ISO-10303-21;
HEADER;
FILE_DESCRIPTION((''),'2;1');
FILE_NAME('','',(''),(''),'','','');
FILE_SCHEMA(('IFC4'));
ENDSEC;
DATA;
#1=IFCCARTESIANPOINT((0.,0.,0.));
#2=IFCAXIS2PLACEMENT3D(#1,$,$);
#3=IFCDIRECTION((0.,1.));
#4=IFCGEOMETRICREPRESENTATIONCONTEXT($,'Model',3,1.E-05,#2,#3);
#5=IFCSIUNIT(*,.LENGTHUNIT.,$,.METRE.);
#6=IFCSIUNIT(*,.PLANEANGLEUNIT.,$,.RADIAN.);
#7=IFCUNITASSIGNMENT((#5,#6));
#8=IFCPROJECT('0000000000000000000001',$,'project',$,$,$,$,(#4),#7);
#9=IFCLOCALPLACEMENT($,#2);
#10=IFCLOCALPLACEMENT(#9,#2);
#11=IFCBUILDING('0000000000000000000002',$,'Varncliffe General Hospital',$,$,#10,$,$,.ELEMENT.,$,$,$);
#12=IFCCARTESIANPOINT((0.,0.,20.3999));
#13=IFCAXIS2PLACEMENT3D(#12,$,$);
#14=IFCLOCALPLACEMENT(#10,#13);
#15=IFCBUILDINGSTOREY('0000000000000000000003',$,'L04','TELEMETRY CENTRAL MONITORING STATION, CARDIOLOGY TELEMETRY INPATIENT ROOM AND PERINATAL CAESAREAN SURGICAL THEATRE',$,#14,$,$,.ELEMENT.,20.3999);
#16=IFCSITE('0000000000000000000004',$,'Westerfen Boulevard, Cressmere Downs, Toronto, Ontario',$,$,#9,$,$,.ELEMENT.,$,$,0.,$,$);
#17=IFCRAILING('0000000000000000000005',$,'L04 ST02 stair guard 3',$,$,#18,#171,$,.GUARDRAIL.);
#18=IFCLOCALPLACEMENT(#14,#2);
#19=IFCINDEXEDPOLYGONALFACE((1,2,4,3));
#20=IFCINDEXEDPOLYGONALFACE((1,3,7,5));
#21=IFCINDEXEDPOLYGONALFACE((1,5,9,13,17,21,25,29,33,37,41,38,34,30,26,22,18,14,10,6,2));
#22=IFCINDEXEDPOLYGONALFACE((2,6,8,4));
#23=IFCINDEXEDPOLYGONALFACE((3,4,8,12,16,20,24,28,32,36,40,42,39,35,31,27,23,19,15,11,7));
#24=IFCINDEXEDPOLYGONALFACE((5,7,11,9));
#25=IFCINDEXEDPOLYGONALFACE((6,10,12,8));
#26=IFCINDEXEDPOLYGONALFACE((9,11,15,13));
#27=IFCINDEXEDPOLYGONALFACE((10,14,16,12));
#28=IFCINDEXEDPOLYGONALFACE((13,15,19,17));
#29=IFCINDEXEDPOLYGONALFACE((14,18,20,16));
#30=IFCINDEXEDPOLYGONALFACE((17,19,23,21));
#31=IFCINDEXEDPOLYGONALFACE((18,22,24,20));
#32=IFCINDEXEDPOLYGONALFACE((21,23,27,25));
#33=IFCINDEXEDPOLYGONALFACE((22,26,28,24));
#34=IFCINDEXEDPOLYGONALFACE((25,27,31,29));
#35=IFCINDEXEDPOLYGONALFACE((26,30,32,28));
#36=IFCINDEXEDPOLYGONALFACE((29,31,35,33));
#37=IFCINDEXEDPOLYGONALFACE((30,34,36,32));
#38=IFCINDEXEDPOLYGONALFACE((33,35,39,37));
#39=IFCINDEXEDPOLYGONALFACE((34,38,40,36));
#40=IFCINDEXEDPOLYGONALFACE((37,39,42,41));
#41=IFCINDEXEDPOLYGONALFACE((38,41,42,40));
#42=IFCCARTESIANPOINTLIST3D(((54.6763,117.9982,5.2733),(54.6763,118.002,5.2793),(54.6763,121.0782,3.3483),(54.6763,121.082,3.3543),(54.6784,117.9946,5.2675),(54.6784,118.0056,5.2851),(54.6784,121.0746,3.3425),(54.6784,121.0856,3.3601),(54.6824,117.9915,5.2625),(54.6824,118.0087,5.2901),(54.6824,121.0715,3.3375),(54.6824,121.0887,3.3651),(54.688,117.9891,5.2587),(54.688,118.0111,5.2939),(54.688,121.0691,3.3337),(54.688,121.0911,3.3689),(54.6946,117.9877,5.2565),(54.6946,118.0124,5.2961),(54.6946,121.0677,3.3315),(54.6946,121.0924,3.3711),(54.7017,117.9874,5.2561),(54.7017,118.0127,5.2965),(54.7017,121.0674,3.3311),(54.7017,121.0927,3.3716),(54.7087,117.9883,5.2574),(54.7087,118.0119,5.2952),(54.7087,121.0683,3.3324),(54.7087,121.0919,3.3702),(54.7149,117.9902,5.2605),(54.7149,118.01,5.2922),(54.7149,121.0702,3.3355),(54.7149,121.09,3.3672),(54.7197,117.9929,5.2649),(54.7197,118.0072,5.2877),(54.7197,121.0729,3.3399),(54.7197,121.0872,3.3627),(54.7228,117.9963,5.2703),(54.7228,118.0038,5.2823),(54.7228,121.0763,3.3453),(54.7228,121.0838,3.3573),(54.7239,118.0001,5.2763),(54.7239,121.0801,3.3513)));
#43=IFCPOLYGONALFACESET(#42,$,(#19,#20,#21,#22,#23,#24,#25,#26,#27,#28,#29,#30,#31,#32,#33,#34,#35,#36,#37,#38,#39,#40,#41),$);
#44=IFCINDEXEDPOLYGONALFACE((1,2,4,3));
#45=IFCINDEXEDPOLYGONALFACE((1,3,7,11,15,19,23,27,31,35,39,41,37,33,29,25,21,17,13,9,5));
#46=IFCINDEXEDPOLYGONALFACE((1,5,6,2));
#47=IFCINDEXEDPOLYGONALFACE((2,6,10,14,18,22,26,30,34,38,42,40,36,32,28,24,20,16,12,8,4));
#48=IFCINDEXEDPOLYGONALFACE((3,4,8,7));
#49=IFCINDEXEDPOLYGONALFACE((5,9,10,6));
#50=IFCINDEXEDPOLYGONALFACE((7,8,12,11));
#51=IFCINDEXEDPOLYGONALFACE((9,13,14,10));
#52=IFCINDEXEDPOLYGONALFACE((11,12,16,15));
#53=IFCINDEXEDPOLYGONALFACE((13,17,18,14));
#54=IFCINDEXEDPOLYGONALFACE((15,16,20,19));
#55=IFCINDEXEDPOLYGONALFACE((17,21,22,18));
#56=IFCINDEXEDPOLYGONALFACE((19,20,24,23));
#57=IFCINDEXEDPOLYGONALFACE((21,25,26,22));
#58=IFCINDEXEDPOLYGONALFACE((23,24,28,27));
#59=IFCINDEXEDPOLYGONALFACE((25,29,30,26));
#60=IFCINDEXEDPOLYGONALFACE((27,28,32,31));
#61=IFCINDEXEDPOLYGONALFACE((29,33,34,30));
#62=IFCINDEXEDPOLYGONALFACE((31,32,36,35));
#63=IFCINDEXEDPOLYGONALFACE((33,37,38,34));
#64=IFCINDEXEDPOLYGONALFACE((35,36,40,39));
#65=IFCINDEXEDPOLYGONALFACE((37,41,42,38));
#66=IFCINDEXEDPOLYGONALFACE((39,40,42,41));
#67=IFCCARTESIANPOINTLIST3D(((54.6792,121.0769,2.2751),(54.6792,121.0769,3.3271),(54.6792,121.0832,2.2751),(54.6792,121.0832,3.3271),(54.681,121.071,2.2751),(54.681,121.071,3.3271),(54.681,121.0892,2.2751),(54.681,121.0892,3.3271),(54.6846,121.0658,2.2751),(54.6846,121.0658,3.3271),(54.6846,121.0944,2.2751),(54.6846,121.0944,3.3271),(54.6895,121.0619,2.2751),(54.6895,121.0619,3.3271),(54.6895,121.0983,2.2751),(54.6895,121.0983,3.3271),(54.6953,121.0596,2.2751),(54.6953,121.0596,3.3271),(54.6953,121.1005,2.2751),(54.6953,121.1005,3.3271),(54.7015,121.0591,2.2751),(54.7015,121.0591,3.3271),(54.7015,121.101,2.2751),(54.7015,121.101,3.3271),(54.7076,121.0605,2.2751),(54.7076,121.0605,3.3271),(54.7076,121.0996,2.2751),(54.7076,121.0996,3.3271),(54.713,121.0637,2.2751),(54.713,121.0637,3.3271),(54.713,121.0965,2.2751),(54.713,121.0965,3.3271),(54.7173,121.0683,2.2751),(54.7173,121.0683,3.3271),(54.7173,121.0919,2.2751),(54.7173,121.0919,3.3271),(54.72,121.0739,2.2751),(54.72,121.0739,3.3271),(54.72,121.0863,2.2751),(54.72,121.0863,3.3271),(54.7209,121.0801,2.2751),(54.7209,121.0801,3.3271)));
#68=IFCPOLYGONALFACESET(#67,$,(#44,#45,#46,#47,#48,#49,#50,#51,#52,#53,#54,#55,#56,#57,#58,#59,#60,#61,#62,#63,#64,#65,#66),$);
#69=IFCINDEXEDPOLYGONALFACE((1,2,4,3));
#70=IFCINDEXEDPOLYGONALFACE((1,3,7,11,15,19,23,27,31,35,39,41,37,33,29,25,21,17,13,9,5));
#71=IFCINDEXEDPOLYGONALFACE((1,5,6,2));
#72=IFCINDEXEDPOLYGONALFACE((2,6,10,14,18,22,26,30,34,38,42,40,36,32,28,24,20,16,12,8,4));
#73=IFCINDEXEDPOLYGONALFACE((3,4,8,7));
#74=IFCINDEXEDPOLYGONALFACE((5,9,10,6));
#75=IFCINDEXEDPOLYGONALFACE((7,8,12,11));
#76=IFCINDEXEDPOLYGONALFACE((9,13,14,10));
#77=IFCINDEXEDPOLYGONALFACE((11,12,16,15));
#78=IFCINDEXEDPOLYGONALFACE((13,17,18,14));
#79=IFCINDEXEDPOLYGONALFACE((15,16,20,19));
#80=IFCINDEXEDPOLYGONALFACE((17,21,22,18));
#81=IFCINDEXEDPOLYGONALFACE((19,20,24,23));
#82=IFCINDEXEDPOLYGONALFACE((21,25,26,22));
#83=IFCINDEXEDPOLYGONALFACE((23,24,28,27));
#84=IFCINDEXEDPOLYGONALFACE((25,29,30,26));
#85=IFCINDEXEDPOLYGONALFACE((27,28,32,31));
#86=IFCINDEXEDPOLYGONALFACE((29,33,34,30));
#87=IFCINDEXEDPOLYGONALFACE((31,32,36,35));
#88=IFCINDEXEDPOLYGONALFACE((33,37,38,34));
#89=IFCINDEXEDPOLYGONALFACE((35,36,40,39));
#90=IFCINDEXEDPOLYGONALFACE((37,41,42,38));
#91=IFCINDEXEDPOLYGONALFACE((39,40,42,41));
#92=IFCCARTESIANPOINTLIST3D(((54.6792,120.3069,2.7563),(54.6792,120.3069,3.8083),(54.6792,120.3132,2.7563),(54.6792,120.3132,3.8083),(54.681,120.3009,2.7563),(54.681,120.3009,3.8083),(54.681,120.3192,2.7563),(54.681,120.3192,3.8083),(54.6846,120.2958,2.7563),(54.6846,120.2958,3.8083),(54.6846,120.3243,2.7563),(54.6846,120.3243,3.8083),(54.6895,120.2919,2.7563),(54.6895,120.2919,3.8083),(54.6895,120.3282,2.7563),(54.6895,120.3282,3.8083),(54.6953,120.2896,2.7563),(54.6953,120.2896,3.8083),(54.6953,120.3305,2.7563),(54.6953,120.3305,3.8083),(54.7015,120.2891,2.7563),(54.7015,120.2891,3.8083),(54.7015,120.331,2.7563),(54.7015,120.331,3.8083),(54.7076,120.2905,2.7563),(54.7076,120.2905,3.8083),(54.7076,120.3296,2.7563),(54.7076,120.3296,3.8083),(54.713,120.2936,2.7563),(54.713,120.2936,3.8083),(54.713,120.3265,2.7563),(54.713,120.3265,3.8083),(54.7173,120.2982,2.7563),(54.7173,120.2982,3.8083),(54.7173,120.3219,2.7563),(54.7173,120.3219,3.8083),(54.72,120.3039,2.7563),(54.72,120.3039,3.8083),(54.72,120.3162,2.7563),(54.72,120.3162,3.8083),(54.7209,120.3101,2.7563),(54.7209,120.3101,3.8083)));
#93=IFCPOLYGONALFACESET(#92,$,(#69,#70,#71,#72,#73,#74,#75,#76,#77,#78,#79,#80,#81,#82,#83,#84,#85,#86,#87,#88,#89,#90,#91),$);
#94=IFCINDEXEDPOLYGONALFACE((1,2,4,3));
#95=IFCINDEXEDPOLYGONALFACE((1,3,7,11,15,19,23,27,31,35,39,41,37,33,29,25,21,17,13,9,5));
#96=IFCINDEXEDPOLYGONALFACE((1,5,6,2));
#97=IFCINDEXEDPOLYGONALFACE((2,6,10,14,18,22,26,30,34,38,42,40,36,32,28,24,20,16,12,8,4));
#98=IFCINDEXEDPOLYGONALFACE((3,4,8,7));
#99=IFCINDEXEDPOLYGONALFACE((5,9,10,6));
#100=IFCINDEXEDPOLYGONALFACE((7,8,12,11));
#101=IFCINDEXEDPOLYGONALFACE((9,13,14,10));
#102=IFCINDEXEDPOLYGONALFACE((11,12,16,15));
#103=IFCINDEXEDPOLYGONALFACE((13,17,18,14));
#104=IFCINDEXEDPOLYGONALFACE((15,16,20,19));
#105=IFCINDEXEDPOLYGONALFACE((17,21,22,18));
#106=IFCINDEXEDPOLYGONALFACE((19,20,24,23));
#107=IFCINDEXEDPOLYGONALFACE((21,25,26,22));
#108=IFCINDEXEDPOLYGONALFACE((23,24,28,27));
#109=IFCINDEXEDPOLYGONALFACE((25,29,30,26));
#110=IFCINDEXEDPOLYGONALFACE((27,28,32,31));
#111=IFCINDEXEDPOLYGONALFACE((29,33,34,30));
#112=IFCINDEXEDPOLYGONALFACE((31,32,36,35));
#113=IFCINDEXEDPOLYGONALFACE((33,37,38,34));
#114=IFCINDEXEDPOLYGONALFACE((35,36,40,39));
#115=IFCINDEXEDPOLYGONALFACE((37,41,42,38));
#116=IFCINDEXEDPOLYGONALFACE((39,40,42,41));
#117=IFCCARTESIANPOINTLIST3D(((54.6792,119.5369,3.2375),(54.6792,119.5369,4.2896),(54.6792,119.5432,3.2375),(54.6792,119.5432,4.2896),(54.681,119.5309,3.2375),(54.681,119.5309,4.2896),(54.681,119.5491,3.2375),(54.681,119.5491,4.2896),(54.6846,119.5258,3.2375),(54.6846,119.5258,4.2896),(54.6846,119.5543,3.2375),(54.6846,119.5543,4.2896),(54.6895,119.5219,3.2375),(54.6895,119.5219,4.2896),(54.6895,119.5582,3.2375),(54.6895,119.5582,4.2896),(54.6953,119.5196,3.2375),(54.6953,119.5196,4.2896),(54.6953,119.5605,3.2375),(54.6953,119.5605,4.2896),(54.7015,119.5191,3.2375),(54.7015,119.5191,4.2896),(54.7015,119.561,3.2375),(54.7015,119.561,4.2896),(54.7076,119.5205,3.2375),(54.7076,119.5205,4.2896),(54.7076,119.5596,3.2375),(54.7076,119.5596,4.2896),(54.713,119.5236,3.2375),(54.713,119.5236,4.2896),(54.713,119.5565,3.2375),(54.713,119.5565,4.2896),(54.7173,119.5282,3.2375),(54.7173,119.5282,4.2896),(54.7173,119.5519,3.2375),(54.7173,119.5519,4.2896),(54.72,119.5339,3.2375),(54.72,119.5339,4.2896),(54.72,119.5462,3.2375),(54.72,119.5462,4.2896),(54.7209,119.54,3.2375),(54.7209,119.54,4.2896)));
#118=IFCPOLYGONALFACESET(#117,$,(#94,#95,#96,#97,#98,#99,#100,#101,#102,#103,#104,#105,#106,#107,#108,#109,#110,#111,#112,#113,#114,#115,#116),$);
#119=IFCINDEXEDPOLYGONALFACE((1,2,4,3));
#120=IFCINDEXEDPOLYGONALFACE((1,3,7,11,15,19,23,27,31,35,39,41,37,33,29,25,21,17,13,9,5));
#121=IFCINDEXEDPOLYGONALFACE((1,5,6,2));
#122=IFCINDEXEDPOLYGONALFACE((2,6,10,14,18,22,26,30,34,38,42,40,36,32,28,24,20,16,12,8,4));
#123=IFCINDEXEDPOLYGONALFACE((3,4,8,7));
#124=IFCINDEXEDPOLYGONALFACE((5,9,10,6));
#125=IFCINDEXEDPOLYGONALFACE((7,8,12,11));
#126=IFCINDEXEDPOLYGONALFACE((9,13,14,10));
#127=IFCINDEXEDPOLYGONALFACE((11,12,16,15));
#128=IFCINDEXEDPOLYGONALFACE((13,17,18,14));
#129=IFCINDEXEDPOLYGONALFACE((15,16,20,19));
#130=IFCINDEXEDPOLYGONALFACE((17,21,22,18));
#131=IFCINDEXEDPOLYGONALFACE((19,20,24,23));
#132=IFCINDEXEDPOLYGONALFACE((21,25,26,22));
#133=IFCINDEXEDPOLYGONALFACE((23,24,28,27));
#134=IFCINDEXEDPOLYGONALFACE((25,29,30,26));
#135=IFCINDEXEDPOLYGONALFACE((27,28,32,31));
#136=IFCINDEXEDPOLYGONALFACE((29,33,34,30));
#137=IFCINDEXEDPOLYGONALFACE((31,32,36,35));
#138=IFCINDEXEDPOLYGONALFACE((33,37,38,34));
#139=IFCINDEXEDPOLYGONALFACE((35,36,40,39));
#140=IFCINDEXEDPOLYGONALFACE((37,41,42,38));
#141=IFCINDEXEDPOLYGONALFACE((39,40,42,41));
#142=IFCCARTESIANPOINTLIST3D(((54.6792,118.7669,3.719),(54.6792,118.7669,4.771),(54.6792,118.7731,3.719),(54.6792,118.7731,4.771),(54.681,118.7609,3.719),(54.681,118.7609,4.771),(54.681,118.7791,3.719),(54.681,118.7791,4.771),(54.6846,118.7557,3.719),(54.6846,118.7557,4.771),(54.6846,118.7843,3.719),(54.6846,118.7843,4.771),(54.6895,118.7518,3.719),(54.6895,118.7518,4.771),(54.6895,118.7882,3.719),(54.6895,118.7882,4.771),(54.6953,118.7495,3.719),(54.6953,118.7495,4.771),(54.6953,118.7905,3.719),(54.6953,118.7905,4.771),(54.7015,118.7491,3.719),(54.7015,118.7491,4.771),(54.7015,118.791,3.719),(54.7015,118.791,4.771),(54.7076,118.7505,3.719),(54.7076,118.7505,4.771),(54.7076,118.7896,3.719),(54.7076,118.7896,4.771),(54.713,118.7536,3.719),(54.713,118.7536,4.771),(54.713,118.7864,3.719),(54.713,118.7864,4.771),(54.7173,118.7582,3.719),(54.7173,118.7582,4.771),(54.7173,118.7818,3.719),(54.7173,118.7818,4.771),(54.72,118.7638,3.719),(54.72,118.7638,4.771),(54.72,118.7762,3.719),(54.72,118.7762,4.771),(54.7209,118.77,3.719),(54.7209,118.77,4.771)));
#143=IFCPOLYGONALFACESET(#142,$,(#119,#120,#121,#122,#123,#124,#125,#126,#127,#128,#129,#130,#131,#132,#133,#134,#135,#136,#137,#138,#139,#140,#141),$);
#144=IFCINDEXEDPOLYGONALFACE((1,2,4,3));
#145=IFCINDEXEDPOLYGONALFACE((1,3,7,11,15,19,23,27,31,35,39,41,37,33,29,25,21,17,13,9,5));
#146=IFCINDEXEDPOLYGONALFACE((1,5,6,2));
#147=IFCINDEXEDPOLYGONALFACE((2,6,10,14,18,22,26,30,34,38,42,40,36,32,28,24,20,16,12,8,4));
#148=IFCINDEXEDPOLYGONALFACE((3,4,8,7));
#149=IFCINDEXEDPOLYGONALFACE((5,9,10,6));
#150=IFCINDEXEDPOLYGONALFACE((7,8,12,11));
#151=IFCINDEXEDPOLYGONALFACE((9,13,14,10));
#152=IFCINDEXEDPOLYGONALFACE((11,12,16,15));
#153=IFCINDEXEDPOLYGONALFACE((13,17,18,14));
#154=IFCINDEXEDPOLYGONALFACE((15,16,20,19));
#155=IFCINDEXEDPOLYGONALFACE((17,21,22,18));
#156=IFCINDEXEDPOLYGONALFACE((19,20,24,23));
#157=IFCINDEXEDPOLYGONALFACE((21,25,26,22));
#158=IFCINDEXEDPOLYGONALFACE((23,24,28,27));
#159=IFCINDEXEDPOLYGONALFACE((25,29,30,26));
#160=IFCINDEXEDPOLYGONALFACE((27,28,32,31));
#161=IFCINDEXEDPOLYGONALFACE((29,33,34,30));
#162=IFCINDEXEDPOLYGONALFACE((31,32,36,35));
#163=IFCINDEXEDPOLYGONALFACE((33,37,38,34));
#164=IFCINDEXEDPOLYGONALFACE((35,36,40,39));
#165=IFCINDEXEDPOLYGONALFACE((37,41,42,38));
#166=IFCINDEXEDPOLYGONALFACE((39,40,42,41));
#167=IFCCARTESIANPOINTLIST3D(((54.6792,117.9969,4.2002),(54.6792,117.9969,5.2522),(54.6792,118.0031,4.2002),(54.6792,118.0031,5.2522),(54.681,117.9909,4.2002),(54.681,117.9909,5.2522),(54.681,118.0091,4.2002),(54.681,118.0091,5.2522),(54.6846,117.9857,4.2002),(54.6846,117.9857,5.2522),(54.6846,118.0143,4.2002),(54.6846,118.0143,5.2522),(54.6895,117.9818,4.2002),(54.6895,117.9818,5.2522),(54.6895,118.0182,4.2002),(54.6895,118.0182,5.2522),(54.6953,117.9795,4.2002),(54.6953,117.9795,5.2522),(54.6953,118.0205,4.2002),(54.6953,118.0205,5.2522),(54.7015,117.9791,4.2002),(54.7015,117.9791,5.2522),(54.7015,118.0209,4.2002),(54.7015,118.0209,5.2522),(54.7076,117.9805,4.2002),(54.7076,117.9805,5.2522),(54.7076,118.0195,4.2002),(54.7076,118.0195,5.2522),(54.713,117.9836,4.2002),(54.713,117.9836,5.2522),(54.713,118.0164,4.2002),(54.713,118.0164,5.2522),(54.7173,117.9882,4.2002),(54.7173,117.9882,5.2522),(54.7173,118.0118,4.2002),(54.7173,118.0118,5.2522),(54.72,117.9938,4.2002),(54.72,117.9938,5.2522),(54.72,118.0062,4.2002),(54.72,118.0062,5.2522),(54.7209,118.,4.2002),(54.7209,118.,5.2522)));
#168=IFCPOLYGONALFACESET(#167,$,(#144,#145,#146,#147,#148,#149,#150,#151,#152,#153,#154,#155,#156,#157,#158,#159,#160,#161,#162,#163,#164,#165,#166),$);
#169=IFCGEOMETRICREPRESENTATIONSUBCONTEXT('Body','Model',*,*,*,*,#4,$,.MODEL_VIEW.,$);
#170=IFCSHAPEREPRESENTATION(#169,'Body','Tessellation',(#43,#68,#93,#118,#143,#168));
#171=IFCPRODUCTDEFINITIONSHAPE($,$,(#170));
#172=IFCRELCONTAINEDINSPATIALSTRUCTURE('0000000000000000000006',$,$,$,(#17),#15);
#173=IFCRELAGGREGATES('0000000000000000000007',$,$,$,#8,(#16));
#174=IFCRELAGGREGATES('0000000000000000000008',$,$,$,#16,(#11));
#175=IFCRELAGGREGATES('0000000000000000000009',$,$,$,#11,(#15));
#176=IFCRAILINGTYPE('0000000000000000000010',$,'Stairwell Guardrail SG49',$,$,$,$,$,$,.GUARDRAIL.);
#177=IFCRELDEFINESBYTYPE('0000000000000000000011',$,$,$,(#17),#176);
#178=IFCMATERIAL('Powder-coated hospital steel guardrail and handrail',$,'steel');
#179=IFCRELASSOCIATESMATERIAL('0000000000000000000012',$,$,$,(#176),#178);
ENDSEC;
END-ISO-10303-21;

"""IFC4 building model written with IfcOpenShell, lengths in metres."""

from ifc_helpers import new_model, si_unit, direction, frame, origin, origin_2d, place, context, subcontext, project, spatial, circle, extrude, material, type_object, element, save


model = new_model("IFC4")

# Units and contexts
model_context = context("Model", 3, precision=1e-05, world=origin(), true_north=direction((0.0, 1.0)))
body_context = subcontext(model_context, "Body", "Model", "MODEL_VIEW")
ifc_project = project(units=[si_unit("LENGTHUNIT", "METRE"), si_unit("PLANEANGLEUNIT", "RADIAN")], contexts=[model_context])

# Site, building, storey
site_placement = place(None, origin())
site = spatial("IfcSite", under=ifc_project, at=site_placement, Name="Westerfen Boulevard, Cressmere Downs, Toronto, Ontario", CompositionType="ELEMENT", RefElevation=0.0)
building_placement = place(site_placement, origin())
building = spatial("IfcBuilding", under=site, at=building_placement, Name="Varncliffe General Hospital", CompositionType="ELEMENT")
storey_placement = place(building_placement, frame((0.0, 0.0, 20.3999)))
storey = spatial("IfcBuildingStorey", under=building, at=storey_placement, Name="L04", Description="TELEMETRY CENTRAL MONITORING STATION, CARDIOLOGY TELEMETRY INPATIENT ROOM AND PERINATAL CAESAREAN SURGICAL THEATRE", CompositionType="ELEMENT", Elevation=20.3999)

# Railing
ifc_material_1 = material(Name="Powder-coated hospital steel guardrail and handrail", Category="steel")
railing_type_1 = type_object("IfcRailingType", Name="Stairwell Guardrail SG49", PredefinedType="GUARDRAIL", material=ifc_material_1)
railing_1_placement = place(storey_placement, frame((54.7, 121.0801, 2.2751)))
element("IfcRailing", 1, at=railing_1_placement, inside=storey, type_object=railing_type_1, Name="L04 ST02 stair guard 3", PredefinedType="GUARDRAIL", context=body_context, shape_type="SweptSolid", body=[
    extrude(circle(Radius=0.0239, at=origin_2d()), frame((0.0, 0.0, 1.0762), z_axis=(0.0, -0.847998, 0.529999), x_axis=(1.0, 0.0, 0.0)), (0.0, 0.0, 1.0), 3.6321),
    extrude(circle(Radius=0.021, at=origin_2d()), origin(), (0.0, 0.0, 1.0), 1.052),
    extrude(circle(Radius=0.021, at=origin_2d()), frame((0.0, -0.77, 0.4812)), (0.0, 0.0, 1.0), 1.052),
    extrude(circle(Radius=0.021, at=origin_2d()), frame((0.0, -1.54, 0.9624)), (0.0, 0.0, 1.0), 1.052),
    extrude(circle(Radius=0.021, at=origin_2d()), frame((0.0, -2.3101, 1.4438)), (0.0, 0.0, 1.0), 1.052),
    extrude(circle(Radius=0.021, at=origin_2d()), frame((0.0, -3.0801, 1.925)), (0.0, 0.0, 1.0), 1.052),
])

save(model, "model.ifc")
